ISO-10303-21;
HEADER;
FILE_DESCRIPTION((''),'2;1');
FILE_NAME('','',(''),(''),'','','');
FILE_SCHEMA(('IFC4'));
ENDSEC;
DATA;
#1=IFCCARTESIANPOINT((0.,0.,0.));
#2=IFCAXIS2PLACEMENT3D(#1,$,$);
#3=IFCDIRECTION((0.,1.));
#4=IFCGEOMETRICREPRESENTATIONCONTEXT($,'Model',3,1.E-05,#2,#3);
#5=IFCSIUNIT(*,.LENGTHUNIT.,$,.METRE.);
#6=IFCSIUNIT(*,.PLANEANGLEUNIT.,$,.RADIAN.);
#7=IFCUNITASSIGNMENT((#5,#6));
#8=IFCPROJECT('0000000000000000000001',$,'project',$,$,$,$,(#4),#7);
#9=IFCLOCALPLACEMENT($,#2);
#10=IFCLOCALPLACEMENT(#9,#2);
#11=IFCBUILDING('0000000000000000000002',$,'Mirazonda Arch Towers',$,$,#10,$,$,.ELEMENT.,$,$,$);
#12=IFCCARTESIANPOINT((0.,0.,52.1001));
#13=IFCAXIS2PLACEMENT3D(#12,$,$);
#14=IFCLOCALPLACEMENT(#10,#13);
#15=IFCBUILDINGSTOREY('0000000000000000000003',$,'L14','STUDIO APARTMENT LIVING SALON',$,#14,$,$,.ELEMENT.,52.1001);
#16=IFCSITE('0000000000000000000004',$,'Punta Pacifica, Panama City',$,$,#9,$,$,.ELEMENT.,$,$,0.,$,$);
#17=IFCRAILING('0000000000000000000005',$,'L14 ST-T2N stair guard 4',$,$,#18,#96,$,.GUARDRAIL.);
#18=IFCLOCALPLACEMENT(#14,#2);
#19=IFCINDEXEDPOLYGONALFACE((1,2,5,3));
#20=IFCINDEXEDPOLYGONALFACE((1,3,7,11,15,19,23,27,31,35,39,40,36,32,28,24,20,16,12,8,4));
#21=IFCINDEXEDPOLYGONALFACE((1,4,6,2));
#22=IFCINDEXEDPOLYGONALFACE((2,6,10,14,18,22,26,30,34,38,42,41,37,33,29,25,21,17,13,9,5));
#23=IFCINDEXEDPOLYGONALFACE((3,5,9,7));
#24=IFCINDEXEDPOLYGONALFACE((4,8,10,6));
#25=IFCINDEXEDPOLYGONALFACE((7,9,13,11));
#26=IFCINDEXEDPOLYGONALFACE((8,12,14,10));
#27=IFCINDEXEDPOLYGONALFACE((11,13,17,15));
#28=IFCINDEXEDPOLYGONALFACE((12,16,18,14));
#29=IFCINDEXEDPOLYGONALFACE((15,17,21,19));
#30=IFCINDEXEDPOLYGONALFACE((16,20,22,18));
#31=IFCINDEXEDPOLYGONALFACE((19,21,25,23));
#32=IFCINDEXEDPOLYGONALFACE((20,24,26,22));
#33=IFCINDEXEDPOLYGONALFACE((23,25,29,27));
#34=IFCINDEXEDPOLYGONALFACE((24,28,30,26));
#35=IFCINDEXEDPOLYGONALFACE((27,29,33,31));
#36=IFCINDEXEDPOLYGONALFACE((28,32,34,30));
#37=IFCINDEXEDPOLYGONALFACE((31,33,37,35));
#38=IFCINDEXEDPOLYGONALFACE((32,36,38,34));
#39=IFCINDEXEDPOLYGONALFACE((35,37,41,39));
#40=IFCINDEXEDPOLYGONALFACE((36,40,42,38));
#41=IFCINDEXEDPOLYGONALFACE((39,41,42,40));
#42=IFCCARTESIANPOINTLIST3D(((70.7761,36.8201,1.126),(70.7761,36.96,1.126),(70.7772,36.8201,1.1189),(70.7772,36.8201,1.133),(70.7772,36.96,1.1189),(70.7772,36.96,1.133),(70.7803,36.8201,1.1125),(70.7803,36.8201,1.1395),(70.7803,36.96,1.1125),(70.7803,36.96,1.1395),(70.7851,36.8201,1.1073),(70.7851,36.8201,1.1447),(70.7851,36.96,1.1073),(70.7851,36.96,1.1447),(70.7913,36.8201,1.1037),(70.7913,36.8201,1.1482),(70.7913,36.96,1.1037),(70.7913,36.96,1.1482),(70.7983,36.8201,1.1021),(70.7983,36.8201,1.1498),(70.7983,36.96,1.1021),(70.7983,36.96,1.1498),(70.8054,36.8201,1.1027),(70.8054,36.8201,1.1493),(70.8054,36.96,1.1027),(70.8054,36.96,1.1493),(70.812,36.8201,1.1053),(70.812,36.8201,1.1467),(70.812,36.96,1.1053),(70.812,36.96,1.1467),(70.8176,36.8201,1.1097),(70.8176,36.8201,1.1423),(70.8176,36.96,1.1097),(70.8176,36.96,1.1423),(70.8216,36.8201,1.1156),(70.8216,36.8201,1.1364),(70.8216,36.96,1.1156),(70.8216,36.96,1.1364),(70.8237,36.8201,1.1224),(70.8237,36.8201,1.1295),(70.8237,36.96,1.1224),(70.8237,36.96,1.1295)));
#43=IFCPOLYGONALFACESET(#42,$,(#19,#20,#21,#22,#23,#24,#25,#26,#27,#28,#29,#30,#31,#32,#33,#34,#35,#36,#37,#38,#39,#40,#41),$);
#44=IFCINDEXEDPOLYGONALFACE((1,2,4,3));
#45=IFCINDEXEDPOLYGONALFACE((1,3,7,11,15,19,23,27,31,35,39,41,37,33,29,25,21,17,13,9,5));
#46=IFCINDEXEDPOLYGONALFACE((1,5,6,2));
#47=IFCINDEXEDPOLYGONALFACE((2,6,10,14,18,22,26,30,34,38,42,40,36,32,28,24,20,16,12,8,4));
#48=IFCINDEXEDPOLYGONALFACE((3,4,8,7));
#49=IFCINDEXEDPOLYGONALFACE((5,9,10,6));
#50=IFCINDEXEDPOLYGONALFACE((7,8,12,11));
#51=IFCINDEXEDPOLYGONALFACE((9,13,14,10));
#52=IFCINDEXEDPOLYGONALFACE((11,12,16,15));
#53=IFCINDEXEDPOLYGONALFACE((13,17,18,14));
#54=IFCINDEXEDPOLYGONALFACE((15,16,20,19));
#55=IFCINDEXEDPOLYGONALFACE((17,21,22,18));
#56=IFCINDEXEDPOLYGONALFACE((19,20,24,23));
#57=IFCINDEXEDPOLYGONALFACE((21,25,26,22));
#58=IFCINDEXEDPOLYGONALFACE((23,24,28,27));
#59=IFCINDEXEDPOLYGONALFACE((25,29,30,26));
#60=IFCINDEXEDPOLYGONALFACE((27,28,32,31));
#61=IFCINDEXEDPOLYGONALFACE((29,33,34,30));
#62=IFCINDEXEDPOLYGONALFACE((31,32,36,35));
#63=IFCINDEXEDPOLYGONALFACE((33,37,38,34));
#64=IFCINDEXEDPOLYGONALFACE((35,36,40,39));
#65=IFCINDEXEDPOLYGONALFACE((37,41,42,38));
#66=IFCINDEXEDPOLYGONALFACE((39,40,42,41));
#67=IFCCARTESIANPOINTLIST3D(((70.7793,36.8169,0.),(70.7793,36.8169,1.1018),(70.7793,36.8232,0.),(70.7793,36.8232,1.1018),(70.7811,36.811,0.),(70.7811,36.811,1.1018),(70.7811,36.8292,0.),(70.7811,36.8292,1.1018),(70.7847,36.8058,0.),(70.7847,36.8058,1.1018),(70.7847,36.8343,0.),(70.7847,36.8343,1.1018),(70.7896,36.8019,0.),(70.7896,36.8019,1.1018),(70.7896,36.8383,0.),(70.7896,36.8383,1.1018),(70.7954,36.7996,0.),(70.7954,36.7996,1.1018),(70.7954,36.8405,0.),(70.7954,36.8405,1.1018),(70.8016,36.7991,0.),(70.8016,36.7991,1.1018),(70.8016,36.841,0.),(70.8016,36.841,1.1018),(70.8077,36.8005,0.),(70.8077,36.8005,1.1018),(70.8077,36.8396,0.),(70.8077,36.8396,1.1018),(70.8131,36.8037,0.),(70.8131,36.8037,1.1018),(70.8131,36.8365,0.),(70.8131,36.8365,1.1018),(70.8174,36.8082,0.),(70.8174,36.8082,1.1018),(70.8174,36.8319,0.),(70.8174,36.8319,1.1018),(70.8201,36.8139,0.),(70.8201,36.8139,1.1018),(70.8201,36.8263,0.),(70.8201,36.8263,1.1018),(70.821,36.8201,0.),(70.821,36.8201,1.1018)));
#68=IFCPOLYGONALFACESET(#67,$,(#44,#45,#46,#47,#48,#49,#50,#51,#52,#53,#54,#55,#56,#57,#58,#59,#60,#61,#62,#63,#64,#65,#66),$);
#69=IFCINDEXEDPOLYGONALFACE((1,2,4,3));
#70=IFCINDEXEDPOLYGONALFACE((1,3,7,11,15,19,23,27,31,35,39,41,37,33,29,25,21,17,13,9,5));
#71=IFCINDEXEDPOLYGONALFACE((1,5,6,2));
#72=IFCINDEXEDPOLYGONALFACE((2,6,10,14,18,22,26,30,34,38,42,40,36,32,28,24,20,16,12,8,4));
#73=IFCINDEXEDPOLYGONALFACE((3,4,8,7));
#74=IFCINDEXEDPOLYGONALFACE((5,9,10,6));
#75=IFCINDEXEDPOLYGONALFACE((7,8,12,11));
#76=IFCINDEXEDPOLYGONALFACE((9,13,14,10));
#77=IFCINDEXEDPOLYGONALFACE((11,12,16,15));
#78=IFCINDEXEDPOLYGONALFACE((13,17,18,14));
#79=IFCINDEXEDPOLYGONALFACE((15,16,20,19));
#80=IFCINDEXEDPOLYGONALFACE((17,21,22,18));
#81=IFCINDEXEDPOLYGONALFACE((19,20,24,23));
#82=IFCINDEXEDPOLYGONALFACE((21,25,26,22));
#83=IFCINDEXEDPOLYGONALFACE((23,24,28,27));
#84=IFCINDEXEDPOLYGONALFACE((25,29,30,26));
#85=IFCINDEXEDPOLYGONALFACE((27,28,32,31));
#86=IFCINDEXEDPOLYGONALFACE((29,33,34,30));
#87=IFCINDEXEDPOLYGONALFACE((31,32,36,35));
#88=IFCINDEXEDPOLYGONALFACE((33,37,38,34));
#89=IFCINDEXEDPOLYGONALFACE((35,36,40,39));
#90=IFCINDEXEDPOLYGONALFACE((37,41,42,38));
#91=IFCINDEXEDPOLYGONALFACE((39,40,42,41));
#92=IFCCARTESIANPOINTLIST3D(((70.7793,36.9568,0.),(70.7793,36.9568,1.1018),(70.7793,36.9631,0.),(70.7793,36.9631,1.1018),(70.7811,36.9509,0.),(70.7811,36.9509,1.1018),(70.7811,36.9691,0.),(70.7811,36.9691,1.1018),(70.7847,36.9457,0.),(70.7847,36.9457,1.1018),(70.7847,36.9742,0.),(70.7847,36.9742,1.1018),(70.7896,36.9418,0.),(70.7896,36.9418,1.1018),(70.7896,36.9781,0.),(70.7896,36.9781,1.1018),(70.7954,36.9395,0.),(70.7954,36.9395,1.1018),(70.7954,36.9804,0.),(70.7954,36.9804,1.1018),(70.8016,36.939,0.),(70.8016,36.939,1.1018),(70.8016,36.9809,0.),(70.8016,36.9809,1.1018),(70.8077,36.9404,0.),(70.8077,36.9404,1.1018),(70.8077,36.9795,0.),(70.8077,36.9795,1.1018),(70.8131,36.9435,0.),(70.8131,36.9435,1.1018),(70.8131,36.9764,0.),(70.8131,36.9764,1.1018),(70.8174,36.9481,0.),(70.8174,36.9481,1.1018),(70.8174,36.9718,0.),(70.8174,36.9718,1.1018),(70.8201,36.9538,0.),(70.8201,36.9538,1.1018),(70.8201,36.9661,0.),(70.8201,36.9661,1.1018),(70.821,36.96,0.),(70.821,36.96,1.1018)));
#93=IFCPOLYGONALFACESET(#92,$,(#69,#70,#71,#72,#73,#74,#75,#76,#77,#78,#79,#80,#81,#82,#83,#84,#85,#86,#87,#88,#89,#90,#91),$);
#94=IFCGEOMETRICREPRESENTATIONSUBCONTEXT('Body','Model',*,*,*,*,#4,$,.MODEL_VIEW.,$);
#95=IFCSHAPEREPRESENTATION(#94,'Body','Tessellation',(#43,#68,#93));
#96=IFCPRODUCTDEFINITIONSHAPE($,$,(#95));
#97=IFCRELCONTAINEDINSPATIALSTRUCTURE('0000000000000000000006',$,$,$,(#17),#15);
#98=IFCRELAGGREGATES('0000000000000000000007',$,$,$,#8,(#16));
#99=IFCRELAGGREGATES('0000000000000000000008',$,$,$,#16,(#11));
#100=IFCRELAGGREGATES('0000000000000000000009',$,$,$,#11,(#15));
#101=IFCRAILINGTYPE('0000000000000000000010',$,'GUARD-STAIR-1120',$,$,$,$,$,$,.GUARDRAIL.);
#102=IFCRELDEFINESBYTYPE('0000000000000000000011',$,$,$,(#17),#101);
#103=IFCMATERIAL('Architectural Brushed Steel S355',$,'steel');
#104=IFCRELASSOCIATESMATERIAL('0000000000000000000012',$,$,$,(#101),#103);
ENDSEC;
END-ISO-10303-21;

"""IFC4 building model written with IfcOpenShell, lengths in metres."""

from ifc_helpers import new_model, si_unit, direction, frame, origin, origin_2d, place, context, subcontext, project, spatial, circle, extrude, material, type_object, element, save


model = new_model("IFC4")

# Units and contexts
model_context = context("Model", 3, precision=1e-05, world=origin(), true_north=direction((0.0, 1.0)))
body_context = subcontext(model_context, "Body", "Model", "MODEL_VIEW")
ifc_project = project(units=[si_unit("LENGTHUNIT", "METRE"), si_unit("PLANEANGLEUNIT", "RADIAN")], contexts=[model_context])

# Site, building, storey
site_placement = place(None, origin())
site = spatial("IfcSite", under=ifc_project, at=site_placement, Name="Punta Pacifica, Panama City", CompositionType="ELEMENT", RefElevation=0.0)
building_placement = place(site_placement, origin())
building = spatial("IfcBuilding", under=site, at=building_placement, Name="Mirazonda Arch Towers", CompositionType="ELEMENT")
storey_placement = place(building_placement, frame((0.0, 0.0, 52.1001)))
storey = spatial("IfcBuildingStorey", under=building, at=storey_placement, Name="L14", Description="STUDIO APARTMENT LIVING SALON", CompositionType="ELEMENT", Elevation=52.1001)

# Railing
ifc_material_1 = material(Name="Architectural Brushed Steel S355", Category="steel")
railing_type = type_object("IfcRailingType", Name="GUARD-STAIR-1120", PredefinedType="GUARDRAIL", material=ifc_material_1)
railing_1_placement = place(storey_placement, frame((70.8, 36.8201, 0.0)))
element("IfcRailing", 1, at=railing_1_placement, inside=storey, type_object=railing_type, Name="L14 ST-T2N stair guard 4", PredefinedType="GUARDRAIL", context=body_context, shape_type="SweptSolid", body=[
    extrude(circle(Radius=0.0239, at=origin_2d()), frame((0.0, 0.0, 1.126), z_axis=(0.0, 1.0, 0.0), x_axis=(-1.0, 0.0, 0.0)), (0.0, 0.0, 1.0), 0.1399),
    extrude(circle(Radius=0.021, at=origin_2d()), origin(), (0.0, 0.0, 1.0), 1.1018),
    extrude(circle(Radius=0.021, at=origin_2d()), frame((0.0, 0.1399, 0.0)), (0.0, 0.0, 1.0), 1.1018),
])

save(model, "model.ifc")
